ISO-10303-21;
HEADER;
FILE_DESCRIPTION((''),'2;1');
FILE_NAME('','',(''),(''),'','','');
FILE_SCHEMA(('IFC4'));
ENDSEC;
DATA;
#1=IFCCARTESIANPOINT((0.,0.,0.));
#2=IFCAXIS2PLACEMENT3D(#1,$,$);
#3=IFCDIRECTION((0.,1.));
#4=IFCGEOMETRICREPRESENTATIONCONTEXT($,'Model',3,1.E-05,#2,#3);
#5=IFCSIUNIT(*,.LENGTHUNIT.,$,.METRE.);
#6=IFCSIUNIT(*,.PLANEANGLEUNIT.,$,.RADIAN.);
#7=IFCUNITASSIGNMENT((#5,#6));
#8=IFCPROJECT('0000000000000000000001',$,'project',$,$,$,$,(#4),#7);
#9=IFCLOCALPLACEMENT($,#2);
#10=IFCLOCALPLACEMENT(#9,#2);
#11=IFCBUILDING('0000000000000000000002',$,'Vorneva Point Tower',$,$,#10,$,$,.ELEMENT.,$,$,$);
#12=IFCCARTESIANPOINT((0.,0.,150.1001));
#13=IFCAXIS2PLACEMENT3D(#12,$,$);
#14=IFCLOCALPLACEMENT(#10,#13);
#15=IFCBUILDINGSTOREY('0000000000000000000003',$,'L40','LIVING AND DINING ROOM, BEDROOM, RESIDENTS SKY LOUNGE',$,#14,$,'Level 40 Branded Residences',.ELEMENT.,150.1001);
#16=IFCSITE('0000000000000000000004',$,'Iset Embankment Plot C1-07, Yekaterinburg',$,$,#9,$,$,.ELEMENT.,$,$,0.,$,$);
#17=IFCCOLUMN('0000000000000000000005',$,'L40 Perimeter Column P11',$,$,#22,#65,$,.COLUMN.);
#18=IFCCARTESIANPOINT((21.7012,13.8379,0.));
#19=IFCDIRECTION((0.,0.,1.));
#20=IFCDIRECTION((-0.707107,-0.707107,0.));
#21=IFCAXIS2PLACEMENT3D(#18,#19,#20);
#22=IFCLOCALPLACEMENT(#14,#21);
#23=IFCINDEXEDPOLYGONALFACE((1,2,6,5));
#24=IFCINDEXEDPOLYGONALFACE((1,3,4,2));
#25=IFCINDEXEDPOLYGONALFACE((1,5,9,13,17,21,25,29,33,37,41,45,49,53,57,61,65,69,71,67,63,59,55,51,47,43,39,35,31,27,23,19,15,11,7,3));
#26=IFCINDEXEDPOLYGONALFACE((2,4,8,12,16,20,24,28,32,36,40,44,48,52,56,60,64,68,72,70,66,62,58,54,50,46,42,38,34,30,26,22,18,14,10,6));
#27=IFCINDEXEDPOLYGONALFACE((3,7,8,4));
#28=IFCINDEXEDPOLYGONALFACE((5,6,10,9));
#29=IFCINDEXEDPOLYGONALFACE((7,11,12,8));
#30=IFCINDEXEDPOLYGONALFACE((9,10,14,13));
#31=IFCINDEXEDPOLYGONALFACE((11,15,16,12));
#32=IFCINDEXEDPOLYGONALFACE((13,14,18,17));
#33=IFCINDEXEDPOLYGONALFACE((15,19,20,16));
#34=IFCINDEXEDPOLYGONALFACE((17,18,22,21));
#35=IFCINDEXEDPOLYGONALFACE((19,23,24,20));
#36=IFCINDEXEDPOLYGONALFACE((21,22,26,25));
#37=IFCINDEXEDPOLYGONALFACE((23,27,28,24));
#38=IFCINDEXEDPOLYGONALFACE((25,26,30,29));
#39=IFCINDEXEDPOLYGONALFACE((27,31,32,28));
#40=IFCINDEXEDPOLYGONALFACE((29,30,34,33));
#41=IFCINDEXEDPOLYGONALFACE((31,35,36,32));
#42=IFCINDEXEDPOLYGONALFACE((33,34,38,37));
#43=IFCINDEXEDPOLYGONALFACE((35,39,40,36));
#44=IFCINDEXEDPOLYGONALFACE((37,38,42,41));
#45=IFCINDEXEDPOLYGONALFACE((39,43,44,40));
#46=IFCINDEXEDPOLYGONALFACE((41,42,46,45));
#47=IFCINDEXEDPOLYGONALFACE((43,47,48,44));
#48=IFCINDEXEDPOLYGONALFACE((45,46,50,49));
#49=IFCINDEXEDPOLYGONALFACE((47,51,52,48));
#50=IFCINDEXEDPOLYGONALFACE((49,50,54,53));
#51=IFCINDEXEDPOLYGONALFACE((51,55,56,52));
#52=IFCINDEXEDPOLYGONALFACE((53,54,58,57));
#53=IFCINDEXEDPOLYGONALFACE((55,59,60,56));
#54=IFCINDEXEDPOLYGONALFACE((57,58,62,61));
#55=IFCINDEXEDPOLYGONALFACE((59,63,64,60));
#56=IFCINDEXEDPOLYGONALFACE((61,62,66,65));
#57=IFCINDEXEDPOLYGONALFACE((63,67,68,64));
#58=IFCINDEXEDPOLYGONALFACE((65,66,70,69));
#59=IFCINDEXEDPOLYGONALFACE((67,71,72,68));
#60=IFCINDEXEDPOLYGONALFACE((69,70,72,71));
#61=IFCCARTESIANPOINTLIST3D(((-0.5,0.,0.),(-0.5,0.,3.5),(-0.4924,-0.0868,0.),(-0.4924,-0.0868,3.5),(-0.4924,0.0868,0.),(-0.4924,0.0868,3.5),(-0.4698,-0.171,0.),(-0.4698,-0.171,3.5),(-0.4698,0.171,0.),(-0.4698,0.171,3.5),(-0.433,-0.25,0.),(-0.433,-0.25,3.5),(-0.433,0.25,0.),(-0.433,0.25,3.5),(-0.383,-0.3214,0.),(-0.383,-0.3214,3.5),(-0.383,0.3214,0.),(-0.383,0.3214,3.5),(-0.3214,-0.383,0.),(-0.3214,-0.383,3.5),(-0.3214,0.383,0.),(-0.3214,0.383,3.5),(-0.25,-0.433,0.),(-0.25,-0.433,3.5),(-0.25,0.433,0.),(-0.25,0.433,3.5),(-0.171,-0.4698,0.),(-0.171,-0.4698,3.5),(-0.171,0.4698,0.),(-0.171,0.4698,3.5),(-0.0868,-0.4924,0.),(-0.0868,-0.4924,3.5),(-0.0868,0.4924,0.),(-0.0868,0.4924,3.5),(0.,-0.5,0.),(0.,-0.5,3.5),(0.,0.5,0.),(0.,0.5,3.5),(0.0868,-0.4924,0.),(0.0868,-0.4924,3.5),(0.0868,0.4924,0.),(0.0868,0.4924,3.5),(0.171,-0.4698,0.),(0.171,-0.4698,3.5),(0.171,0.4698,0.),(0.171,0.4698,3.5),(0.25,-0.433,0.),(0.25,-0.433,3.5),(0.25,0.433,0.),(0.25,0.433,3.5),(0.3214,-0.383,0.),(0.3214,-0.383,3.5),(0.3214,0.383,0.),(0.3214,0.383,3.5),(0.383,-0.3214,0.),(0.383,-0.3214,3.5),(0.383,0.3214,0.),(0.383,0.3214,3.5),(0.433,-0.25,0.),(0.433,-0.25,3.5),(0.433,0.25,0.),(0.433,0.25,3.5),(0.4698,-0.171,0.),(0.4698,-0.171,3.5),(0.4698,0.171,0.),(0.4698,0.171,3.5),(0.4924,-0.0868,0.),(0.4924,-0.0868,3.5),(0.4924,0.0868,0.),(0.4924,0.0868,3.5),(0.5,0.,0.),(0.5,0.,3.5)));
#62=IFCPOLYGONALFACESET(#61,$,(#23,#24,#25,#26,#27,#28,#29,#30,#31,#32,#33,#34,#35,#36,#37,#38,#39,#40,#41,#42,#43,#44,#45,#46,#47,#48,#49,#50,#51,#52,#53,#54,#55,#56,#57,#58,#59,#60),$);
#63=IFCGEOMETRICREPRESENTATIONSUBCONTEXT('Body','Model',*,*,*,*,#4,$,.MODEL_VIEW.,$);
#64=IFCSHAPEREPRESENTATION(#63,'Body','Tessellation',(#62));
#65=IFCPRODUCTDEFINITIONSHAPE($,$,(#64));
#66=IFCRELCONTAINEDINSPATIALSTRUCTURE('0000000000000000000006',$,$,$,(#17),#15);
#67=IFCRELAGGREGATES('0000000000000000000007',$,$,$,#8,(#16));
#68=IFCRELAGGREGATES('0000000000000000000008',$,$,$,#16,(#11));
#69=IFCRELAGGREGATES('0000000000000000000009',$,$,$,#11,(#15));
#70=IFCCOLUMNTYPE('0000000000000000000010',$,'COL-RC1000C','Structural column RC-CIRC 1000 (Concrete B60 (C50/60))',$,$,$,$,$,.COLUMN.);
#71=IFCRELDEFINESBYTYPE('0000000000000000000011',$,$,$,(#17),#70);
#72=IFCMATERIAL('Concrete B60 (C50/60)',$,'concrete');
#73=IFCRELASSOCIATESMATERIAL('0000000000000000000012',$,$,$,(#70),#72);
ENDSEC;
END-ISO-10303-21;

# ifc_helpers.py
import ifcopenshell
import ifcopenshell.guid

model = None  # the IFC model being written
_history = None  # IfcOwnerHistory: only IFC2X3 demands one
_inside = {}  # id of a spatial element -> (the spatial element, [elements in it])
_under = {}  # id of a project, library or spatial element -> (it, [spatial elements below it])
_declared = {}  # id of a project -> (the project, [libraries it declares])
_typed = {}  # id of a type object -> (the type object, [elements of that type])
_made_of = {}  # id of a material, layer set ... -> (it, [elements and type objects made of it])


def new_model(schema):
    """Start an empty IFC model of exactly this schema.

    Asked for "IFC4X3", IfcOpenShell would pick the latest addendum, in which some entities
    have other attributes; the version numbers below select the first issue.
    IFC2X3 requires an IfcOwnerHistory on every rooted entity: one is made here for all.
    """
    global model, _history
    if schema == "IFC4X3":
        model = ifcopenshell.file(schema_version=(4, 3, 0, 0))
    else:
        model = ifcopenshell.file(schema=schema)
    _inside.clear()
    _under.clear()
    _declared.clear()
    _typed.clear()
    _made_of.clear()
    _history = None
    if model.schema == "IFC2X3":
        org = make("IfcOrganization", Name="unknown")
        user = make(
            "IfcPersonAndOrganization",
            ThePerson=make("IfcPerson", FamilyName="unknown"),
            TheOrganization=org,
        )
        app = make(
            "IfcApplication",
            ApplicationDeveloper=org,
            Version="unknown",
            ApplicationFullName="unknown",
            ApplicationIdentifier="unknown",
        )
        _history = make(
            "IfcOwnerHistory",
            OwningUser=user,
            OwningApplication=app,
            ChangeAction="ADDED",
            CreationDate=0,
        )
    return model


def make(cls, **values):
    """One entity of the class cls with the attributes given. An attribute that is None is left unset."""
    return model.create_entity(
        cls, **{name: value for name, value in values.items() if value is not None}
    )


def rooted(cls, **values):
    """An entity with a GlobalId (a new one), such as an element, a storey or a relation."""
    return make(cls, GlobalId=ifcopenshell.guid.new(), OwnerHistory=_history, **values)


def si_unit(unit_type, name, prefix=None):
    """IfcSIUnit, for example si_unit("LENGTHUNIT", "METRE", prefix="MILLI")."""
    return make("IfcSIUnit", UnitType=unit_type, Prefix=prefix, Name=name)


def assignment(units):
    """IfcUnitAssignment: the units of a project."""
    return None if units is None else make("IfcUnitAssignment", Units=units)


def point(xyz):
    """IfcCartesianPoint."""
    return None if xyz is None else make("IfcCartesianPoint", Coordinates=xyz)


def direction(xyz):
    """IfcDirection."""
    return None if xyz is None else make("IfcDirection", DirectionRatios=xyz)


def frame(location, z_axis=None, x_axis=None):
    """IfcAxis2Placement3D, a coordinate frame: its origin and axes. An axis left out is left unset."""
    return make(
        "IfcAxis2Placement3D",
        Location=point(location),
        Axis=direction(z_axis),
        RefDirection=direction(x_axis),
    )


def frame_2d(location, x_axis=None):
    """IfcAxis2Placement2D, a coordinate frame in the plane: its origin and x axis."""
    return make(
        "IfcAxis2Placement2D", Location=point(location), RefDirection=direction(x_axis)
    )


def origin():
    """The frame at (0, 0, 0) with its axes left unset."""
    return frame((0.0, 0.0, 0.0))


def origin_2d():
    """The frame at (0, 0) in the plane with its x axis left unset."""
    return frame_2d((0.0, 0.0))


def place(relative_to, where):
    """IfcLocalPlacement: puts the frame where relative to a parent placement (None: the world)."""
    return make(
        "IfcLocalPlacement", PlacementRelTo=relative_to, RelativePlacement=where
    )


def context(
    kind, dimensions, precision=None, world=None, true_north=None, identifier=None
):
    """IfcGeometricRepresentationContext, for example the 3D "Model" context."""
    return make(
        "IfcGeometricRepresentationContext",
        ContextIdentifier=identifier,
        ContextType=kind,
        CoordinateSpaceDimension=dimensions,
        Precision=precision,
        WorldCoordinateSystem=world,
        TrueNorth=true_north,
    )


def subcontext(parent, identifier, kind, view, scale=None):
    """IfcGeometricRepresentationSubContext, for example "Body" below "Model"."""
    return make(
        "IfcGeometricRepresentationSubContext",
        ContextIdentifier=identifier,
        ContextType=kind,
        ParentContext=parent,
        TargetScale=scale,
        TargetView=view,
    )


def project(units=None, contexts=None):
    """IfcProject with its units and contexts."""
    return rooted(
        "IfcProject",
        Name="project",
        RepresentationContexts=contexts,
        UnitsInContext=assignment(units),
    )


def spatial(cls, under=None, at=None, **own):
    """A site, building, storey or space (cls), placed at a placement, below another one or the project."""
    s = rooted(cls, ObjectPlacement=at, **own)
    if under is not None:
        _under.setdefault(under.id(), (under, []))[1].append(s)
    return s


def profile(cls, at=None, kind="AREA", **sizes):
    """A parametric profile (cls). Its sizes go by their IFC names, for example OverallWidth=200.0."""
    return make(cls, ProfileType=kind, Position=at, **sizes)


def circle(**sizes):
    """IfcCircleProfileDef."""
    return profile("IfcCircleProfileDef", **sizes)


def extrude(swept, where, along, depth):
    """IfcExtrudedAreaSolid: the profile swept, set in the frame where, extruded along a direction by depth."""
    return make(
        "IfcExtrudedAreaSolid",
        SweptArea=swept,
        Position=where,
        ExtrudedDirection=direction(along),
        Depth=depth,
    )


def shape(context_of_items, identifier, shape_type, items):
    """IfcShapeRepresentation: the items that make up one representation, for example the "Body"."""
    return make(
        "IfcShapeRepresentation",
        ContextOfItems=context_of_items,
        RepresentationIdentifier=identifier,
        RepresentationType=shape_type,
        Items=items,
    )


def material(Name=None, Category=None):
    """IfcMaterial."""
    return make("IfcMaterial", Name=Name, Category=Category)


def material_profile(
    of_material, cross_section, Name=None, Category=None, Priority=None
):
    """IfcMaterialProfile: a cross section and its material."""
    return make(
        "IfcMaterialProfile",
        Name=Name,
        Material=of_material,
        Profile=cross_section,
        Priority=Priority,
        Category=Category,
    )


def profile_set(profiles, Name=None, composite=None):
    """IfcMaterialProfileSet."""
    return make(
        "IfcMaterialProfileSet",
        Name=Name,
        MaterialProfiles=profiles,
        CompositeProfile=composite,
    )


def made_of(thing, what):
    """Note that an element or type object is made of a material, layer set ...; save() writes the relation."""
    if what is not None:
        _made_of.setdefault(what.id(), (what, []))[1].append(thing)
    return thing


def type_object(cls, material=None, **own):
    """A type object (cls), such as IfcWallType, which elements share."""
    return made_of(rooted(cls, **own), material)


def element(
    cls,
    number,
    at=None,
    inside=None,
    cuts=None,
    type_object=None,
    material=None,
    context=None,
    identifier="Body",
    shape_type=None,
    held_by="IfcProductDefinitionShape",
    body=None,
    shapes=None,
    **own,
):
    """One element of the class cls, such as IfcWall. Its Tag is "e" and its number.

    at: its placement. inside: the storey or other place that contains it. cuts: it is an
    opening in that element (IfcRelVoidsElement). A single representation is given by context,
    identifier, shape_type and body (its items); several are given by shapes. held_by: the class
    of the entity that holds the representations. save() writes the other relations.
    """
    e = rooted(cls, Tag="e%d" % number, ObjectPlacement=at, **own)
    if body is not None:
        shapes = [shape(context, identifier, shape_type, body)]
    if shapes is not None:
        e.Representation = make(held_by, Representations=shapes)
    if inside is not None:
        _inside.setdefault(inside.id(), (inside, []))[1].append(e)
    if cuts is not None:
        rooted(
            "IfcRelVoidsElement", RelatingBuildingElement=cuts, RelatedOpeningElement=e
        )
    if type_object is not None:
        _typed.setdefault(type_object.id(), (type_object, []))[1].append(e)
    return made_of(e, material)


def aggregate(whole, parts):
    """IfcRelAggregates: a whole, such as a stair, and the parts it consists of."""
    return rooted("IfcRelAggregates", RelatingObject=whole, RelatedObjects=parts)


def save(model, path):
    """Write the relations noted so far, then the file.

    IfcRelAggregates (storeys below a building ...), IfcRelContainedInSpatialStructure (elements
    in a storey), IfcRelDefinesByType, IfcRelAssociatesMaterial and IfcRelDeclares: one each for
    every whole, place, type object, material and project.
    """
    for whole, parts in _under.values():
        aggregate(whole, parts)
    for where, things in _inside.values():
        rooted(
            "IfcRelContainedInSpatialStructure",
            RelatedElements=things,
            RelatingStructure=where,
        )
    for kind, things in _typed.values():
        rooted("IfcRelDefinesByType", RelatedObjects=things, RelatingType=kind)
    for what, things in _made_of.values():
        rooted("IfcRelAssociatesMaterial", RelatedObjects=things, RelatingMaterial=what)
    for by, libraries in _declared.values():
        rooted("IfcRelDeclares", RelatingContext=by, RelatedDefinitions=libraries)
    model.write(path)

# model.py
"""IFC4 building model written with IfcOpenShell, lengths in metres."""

from ifc_helpers import new_model, si_unit, direction, frame, origin, origin_2d, place, context, subcontext, project, spatial, circle, extrude, material, material_profile, profile_set, type_object, element, save


model = new_model("IFC4")

# Units and contexts
model_context = context("Model", 3, precision=1e-05, world=origin(), true_north=direction((0.0, 1.0)))
body_context = subcontext(model_context, "Body", "Model", "MODEL_VIEW")
ifc_project = project(units=[si_unit("LENGTHUNIT", "METRE"), si_unit("PLANEANGLEUNIT", "RADIAN")], contexts=[model_context])

# Site, building, storey
site_placement = place(None, origin())
site = spatial("IfcSite", under=ifc_project, at=site_placement, Name="Iset Embankment Plot C1-07, Yekaterinburg", CompositionType="ELEMENT", RefElevation=0.0)
building_placement = place(site_placement, origin())
building = spatial("IfcBuilding", under=site, at=building_placement, Name="Vorneva Point Tower", CompositionType="ELEMENT")
storey_placement = place(building_placement, frame((0.0, 0.0, 150.1001)))
storey = spatial("IfcBuildingStorey", under=building, at=storey_placement, Name="L40", Description="LIVING AND DINING ROOM, BEDROOM, RESIDENTS SKY LOUNGE", LongName="Level 40 Branded Residences", CompositionType="ELEMENT", Elevation=150.1001)

# Column
ifc_material_1 = material(Name="Concrete B60 (C50/60)", Category="concrete")
ifc_material_profile_1 = material_profile(ifc_material_1, circle(Radius=0.5, at=origin_2d()), Name="RC-CIRC 1000")
ifc_profile_set_1 = profile_set([ifc_material_profile_1], Name="Concrete B60 (C50/60)")
column_type = type_object("IfcColumnType", Name="COL-RC1000C", Description="Structural column RC-CIRC 1000 (Concrete B60 (C50/60))", PredefinedType="COLUMN", material=ifc_profile_set_1)
column_placement = place(storey_placement, frame((21.7012, 13.8379, 0.0), z_axis=(0.0, 0.0, 1.0), x_axis=(-0.707107, -0.707107, 0.0)))
element("IfcColumn", 1, at=column_placement, inside=storey, type_object=column_type, Name="L40 Perimeter Column P11", PredefinedType="COLUMN", context=body_context, shape_type="SweptSolid", body=[
    extrude(circle(Radius=0.5, at=origin_2d()), origin(), (0.0, 0.0, 1.0), 3.5),
])

save(model, "model.ifc")
